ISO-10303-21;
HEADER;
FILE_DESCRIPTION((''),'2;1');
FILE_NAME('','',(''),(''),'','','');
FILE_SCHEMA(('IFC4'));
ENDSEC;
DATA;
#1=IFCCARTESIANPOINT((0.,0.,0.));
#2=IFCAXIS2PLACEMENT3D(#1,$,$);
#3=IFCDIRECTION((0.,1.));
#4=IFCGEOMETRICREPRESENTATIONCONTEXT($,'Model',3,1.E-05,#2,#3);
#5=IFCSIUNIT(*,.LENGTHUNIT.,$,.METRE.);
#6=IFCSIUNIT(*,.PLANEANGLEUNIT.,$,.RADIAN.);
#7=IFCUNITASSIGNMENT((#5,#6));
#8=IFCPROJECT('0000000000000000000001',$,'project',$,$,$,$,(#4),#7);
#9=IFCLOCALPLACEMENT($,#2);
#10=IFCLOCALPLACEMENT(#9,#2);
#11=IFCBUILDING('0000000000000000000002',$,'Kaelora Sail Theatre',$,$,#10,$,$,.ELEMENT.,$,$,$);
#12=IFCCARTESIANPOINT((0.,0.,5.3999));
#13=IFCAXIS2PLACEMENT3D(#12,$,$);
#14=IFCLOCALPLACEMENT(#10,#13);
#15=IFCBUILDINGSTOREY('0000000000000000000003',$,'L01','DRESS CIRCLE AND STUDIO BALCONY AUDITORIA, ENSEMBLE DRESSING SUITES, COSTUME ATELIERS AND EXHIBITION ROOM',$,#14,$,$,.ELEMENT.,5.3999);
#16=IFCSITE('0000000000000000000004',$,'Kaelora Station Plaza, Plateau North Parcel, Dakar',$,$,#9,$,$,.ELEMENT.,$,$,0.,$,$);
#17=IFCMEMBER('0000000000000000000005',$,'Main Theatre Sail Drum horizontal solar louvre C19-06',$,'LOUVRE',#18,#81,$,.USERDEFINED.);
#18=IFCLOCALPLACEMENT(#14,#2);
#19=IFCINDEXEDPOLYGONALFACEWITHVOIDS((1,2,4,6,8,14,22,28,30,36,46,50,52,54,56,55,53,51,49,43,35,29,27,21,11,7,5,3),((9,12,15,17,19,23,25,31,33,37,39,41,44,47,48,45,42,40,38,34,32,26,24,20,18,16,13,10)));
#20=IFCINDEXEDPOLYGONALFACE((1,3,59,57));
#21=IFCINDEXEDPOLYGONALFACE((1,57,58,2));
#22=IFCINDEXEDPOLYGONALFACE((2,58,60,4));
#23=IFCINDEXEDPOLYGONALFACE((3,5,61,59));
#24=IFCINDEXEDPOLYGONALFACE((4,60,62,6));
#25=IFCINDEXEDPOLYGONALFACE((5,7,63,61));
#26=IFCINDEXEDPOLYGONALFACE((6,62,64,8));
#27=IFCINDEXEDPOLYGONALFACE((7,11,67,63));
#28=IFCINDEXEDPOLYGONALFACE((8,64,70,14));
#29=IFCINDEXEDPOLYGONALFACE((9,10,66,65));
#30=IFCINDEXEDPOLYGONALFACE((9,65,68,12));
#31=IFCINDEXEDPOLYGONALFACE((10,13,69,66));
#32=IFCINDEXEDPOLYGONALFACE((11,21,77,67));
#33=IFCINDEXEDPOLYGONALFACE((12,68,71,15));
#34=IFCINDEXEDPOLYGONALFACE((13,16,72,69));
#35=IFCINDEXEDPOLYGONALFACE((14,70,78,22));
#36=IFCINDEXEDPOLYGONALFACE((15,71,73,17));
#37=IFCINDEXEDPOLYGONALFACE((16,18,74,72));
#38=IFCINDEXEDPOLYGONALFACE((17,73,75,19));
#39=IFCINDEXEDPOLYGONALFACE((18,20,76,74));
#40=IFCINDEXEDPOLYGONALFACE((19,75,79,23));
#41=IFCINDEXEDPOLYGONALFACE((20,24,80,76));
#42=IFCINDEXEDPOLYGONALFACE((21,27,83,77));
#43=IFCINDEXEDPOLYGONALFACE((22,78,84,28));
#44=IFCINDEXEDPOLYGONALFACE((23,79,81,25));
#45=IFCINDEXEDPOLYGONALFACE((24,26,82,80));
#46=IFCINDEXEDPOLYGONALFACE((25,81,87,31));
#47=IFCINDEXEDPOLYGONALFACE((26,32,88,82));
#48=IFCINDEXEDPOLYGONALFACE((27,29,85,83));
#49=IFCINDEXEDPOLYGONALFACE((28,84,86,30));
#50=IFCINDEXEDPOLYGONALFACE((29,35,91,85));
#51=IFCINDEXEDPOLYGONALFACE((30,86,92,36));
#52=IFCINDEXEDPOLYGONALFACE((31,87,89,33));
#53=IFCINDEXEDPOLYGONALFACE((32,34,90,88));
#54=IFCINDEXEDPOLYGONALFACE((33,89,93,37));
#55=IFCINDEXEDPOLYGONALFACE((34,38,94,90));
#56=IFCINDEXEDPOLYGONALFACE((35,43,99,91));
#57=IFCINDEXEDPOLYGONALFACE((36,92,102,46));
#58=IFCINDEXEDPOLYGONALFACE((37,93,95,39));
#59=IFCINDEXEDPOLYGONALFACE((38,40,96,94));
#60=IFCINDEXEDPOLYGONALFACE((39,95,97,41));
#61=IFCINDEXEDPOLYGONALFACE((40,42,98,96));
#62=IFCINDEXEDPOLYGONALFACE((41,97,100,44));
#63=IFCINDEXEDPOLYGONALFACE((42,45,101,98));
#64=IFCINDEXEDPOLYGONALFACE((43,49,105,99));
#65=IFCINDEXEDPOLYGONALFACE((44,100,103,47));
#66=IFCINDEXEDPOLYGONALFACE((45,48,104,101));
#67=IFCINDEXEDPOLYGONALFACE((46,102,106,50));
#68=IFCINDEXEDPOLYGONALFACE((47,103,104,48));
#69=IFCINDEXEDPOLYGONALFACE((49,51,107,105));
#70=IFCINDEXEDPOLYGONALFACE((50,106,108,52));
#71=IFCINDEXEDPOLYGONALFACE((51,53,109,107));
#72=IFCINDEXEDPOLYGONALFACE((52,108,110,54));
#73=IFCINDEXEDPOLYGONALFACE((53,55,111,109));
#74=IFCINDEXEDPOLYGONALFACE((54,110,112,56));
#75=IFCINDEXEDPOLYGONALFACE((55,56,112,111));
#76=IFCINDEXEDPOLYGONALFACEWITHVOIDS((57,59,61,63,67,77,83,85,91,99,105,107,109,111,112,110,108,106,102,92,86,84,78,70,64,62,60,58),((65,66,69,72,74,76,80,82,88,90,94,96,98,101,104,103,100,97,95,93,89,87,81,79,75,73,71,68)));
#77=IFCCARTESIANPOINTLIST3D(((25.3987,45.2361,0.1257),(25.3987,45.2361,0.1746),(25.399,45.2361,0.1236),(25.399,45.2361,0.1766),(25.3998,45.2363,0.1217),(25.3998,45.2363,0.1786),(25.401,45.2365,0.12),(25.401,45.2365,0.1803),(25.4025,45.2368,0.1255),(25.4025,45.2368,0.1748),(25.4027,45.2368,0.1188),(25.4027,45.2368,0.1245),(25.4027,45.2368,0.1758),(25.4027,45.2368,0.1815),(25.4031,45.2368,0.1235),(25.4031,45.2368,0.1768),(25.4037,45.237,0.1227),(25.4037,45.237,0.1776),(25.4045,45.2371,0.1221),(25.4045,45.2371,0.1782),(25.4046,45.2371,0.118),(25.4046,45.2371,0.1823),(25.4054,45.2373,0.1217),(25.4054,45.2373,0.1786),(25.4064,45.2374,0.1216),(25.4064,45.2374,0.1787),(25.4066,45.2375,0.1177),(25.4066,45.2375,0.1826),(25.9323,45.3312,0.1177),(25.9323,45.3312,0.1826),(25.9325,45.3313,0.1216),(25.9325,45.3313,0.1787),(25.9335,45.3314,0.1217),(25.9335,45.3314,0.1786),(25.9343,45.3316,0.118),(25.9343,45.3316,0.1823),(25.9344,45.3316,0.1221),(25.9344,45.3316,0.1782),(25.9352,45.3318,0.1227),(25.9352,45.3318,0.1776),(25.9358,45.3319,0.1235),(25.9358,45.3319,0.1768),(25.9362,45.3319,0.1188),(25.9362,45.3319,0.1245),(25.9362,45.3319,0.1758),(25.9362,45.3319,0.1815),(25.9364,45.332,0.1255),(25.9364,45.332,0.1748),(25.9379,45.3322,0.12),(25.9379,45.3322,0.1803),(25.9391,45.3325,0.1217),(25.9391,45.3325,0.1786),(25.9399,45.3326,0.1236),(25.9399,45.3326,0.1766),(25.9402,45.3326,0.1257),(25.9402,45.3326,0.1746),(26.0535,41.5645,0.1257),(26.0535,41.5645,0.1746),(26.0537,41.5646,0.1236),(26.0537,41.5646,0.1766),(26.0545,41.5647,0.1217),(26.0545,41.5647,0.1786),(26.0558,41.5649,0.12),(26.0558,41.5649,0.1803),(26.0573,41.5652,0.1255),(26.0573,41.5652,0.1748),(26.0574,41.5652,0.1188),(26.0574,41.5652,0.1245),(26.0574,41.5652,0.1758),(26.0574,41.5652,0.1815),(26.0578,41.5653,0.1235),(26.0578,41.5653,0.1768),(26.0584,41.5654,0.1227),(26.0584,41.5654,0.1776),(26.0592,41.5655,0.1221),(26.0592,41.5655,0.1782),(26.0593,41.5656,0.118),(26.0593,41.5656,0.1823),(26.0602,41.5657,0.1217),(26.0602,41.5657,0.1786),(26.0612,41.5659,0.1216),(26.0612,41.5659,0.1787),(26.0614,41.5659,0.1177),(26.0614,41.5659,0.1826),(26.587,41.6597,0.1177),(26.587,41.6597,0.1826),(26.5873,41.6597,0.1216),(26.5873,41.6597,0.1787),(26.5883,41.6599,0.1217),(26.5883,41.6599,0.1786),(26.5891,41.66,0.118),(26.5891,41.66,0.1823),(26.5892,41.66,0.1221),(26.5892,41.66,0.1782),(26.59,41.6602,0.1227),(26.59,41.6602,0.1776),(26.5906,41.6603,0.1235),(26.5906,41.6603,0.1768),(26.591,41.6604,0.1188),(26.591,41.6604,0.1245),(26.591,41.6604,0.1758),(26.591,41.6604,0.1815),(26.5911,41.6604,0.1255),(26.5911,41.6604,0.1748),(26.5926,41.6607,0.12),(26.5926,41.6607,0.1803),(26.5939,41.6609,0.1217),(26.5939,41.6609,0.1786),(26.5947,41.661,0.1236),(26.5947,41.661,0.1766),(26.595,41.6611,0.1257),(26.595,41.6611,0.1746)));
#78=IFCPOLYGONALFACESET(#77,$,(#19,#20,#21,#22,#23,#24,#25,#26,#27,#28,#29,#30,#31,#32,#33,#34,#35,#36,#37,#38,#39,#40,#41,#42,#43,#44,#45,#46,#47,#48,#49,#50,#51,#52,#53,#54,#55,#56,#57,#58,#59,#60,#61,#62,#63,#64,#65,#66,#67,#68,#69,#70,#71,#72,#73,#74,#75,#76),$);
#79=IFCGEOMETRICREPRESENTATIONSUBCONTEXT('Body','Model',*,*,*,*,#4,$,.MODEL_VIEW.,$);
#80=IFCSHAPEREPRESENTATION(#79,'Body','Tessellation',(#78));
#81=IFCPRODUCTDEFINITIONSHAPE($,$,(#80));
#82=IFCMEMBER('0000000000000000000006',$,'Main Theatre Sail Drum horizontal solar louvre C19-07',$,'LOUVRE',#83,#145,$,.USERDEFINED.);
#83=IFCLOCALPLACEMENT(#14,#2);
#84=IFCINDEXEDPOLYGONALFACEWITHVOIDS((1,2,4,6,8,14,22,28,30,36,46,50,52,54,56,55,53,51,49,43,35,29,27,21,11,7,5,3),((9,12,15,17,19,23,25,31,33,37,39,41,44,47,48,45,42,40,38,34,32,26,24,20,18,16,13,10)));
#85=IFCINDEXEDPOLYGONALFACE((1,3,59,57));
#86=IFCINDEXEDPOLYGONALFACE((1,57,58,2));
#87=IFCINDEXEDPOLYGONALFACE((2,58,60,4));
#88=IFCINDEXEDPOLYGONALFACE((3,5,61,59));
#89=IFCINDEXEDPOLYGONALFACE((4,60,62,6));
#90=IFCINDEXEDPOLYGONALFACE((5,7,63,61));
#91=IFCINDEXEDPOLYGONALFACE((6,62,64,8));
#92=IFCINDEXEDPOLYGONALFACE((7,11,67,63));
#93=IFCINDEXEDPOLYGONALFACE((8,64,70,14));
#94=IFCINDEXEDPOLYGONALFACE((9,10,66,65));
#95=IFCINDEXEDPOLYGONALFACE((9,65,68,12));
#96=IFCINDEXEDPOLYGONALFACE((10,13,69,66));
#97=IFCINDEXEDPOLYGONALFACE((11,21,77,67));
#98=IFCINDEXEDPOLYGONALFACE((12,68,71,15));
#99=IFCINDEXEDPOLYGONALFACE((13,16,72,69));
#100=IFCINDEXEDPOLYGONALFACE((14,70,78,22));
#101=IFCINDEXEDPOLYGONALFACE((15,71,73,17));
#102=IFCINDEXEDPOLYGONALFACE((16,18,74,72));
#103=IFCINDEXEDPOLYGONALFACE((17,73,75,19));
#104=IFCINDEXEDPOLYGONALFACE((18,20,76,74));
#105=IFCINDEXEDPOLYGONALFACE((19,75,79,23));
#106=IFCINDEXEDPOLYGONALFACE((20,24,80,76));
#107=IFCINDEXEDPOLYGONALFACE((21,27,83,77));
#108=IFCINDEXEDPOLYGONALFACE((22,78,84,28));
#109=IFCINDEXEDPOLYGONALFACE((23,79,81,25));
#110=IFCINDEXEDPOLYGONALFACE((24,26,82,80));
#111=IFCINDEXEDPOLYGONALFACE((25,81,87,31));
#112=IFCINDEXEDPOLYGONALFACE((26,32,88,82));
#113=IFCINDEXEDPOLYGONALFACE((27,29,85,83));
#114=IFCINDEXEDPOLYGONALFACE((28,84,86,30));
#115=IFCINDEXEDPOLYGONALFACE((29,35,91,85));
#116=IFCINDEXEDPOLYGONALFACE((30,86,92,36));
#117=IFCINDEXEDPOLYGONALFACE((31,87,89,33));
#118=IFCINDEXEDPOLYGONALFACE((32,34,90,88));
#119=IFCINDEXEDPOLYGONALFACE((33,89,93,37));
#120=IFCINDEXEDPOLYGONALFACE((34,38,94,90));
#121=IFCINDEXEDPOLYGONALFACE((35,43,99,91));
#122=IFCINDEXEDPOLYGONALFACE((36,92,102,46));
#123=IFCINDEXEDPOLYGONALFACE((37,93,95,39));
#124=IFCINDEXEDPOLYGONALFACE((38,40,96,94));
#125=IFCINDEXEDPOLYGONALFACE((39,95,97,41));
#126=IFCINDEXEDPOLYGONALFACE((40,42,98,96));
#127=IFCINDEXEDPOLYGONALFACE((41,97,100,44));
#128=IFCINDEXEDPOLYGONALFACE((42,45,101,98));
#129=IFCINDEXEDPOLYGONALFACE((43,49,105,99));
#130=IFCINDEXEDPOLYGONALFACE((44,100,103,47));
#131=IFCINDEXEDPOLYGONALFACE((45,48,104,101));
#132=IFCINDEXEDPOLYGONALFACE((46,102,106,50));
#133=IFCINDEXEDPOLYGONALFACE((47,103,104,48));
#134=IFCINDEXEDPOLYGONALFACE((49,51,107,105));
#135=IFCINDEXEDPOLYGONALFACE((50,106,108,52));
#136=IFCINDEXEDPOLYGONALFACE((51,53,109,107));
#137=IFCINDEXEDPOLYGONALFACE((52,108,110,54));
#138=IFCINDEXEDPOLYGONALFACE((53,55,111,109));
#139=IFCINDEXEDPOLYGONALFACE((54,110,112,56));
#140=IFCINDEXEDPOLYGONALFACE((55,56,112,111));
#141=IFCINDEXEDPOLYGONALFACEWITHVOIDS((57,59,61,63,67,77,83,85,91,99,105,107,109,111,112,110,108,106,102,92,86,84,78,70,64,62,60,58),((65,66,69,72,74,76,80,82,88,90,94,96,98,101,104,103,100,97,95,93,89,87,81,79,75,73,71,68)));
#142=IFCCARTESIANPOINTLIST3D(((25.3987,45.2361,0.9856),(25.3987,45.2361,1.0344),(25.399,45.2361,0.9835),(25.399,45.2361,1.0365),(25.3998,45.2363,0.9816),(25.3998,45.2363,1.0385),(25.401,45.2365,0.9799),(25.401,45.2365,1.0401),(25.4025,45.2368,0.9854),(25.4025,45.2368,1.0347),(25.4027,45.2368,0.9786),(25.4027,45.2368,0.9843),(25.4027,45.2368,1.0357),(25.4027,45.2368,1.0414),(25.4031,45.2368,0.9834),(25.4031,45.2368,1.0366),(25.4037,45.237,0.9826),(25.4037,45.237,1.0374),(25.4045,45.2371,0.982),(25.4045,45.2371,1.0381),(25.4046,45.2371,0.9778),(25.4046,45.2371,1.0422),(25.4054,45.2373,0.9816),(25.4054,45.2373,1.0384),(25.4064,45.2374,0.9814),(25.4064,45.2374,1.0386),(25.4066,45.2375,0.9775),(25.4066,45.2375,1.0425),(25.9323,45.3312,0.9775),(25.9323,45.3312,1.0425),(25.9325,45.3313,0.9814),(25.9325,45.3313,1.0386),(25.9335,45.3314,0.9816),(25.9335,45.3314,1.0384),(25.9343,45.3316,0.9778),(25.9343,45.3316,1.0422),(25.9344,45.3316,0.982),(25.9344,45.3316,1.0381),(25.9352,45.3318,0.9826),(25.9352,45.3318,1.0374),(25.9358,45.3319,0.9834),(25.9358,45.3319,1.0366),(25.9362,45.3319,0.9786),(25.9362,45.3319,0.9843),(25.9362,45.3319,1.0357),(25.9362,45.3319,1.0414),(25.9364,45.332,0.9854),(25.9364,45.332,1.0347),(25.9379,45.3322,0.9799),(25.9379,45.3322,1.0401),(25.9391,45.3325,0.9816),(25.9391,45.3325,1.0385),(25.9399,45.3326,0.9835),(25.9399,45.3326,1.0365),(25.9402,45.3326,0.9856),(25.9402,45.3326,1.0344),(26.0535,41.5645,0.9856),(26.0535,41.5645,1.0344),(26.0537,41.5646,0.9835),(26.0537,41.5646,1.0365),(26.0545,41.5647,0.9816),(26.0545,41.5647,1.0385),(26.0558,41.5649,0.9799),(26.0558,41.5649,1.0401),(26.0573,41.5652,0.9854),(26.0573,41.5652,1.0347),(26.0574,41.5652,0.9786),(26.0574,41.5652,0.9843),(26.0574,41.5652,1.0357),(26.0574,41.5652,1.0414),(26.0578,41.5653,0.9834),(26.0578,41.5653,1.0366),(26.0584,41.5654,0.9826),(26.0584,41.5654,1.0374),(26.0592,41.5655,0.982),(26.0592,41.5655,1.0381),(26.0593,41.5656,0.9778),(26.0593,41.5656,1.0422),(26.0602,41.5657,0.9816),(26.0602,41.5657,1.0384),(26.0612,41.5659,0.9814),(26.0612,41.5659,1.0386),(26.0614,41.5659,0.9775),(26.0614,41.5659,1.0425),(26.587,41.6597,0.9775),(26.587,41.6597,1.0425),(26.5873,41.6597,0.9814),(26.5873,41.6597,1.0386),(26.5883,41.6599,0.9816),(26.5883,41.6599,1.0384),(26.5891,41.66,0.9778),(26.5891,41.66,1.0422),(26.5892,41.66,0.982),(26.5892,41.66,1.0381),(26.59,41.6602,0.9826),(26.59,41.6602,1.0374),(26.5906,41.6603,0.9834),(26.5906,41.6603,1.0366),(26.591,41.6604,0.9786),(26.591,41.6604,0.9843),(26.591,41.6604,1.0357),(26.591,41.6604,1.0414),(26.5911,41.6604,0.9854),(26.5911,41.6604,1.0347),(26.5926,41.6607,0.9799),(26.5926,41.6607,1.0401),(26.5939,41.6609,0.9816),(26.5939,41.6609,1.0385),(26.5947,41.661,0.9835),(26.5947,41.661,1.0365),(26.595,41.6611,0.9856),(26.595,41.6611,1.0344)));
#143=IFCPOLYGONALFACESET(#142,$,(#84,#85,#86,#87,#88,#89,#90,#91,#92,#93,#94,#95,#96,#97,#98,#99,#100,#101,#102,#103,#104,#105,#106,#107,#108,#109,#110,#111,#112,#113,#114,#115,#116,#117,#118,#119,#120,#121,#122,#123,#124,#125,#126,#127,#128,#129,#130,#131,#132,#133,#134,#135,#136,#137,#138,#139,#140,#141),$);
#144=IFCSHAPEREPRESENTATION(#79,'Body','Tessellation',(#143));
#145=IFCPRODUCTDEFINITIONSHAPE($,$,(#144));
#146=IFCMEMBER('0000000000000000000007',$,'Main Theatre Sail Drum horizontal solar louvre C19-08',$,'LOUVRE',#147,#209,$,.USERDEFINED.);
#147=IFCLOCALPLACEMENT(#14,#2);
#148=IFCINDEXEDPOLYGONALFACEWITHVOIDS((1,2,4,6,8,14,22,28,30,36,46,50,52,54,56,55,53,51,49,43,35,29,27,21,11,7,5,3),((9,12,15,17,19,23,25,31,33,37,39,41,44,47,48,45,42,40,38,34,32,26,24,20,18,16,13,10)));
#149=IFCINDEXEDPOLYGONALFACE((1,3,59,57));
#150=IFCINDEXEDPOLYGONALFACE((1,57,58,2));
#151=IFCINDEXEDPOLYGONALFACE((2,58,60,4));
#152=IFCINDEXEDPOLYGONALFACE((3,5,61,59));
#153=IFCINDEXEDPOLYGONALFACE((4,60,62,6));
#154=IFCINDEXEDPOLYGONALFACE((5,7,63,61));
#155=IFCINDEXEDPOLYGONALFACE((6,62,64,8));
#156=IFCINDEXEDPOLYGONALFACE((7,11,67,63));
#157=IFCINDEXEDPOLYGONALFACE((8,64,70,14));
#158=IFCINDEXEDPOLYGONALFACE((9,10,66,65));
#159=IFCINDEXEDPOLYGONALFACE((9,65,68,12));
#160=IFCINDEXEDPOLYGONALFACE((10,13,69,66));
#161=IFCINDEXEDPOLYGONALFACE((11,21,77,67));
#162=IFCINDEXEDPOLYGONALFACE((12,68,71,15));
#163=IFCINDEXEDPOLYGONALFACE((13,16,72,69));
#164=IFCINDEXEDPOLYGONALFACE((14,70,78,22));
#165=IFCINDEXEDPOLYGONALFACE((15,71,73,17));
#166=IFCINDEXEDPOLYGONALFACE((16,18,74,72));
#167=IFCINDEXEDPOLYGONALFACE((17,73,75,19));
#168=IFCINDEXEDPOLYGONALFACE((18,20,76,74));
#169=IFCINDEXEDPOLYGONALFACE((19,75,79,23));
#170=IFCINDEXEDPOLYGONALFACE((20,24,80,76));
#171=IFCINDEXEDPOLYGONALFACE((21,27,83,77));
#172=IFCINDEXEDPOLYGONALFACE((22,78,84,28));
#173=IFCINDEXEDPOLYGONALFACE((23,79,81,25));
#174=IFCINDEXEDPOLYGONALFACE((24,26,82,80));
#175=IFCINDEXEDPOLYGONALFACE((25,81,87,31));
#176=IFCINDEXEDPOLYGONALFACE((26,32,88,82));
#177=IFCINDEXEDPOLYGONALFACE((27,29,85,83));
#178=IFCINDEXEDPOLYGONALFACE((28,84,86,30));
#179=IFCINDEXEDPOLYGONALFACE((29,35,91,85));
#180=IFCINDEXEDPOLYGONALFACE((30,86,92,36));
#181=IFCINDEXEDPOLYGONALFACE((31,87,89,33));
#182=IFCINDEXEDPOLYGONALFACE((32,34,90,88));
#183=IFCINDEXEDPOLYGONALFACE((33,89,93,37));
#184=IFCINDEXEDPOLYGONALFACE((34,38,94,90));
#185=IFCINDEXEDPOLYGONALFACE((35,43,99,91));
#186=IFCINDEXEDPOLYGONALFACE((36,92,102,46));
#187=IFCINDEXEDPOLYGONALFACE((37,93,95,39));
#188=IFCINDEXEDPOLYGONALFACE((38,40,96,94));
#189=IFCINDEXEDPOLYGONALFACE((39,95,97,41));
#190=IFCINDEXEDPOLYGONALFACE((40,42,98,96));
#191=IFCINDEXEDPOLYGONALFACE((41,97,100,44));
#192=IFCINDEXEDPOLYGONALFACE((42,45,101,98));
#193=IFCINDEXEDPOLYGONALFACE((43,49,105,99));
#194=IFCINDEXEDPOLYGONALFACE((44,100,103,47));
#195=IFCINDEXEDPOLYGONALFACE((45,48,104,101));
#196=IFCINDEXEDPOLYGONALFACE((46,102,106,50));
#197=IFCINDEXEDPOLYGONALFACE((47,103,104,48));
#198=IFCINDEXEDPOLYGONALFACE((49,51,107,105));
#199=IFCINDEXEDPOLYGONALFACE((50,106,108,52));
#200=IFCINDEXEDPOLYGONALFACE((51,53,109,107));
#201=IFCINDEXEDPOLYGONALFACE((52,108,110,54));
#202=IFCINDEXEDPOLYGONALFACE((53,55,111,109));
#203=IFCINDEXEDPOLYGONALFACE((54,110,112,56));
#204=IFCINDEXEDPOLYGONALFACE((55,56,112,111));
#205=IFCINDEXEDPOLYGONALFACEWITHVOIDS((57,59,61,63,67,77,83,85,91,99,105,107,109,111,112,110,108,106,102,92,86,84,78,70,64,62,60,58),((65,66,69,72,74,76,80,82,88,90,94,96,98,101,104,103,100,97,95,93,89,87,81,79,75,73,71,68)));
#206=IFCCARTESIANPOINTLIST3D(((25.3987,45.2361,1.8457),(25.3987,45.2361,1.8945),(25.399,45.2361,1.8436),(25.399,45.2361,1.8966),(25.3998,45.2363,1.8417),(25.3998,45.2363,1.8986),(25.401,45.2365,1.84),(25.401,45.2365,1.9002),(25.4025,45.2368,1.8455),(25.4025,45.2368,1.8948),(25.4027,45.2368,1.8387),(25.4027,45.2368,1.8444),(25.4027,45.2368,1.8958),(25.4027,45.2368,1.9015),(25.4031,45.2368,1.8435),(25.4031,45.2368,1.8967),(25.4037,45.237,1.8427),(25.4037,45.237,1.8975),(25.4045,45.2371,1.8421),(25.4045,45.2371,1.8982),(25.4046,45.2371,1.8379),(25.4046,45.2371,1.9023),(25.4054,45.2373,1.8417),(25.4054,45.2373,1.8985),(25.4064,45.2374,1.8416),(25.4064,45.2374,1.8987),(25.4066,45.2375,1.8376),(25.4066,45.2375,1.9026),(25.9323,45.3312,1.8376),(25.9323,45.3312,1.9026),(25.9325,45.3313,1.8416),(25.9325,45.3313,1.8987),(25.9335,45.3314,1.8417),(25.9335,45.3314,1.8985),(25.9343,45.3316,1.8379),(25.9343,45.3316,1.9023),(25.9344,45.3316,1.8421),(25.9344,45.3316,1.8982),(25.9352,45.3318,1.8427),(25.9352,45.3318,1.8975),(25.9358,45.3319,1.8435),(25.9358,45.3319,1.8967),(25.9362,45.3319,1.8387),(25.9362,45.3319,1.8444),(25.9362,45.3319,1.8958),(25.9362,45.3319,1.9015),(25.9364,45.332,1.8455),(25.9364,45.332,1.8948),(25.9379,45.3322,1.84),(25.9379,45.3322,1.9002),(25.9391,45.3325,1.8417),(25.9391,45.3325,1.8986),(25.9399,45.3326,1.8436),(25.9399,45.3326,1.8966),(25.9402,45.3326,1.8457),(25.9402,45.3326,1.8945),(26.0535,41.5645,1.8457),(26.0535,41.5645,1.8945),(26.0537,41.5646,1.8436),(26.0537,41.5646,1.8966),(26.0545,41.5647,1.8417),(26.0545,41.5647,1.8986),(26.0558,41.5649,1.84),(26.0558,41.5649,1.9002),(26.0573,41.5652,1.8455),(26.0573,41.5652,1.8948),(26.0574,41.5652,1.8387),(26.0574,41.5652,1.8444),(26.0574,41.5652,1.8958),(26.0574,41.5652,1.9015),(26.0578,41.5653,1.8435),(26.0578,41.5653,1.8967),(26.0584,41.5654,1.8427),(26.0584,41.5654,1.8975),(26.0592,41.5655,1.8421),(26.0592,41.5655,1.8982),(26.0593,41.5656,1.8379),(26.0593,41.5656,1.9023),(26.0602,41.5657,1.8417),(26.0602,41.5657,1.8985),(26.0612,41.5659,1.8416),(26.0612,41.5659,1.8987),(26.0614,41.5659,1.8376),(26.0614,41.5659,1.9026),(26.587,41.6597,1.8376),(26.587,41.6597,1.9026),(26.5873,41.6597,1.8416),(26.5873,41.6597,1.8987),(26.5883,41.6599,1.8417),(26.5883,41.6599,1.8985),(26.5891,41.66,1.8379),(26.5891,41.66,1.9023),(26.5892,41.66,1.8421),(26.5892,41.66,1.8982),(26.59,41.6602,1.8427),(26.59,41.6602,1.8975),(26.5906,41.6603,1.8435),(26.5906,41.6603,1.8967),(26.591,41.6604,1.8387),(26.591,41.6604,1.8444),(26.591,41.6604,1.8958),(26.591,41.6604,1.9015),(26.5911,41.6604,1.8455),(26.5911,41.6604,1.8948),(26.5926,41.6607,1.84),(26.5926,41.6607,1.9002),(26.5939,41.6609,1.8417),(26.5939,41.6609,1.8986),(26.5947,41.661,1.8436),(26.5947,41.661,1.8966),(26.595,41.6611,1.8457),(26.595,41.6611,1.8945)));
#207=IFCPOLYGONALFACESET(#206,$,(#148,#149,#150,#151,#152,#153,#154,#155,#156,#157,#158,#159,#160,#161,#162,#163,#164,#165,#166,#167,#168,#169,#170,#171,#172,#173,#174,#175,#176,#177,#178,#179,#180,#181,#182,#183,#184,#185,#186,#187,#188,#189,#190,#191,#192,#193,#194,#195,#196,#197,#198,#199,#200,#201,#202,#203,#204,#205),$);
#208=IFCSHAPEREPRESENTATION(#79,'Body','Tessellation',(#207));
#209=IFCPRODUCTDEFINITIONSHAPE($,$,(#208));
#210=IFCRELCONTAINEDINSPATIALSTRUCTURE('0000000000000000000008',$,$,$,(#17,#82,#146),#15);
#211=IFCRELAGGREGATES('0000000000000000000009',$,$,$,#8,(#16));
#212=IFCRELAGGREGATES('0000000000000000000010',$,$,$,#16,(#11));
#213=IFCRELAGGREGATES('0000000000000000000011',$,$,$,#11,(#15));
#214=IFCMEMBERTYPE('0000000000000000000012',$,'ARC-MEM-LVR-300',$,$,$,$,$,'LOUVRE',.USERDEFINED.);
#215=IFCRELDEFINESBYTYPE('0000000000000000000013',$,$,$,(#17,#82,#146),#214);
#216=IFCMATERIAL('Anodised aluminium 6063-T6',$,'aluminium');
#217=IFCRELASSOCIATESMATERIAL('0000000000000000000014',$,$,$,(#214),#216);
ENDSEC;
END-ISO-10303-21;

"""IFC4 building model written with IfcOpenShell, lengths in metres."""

from ifc_helpers import new_model, si_unit, direction, frame, origin, origin_2d, place, context, subcontext, project, spatial, hollow_rectangle, extrude, material, material_profile, profile_set, type_object, element, save


model = new_model("IFC4")

# Units and contexts
model_context = context("Model", 3, precision=1e-05, world=origin(), true_north=direction((0.0, 1.0)))
body_context = subcontext(model_context, "Body", "Model", "MODEL_VIEW")
ifc_project = project(units=[si_unit("LENGTHUNIT", "METRE"), si_unit("PLANEANGLEUNIT", "RADIAN")], contexts=[model_context])

# Site, building, storey
site_placement = place(None, origin())
site = spatial("IfcSite", under=ifc_project, at=site_placement, Name="Kaelora Station Plaza, Plateau North Parcel, Dakar", CompositionType="ELEMENT", RefElevation=0.0)
building_placement = place(site_placement, origin())
building = spatial("IfcBuilding", under=site, at=building_placement, Name="Kaelora Sail Theatre", CompositionType="ELEMENT")
storey_placement = place(building_placement, frame((0.0, 0.0, 5.3999)))
storey = spatial("IfcBuildingStorey", under=building, at=storey_placement, Name="L01", Description="DRESS CIRCLE AND STUDIO BALCONY AUDITORIA, ENSEMBLE DRESSING SUITES, COSTUME ATELIERS AND EXHIBITION ROOM", CompositionType="ELEMENT", Elevation=5.3999)

# Members
ifc_material_1 = material(Name="Anodised aluminium 6063-T6", Category="aluminium")
ifc_material_profile_1 = material_profile(ifc_material_1, hollow_rectangle(XDim=0.55, YDim=0.0649, WallThickness=0.0039, InnerFilletRadius=0.0039, OuterFilletRadius=0.0081, at=origin_2d()), Name="LOUVRE 550x65x4")
ifc_profile_set_1 = profile_set([ifc_material_profile_1], Name="Anodised aluminium 6063-T6")
member_type = type_object("IfcMemberType", Name="ARC-MEM-LVR-300", ElementType="LOUVRE", PredefinedType="USERDEFINED", material=ifc_profile_set_1)
for number, where, z_axis, x_axis, name in (
    (1, (26.3242, 41.6128, 0.1501), (-0.175566, 0.984468, 0.0), (-0.984468, -0.175566, 0.0), "Main Theatre Sail Drum horizontal solar louvre C19-06"),
    (2, (26.3242, 41.6128, 1.01), (-0.175566, 0.984468, 0.0), (-0.984468, -0.175566, 0.0), "Main Theatre Sail Drum horizontal solar louvre C19-07"),
    (3, (26.3242, 41.6128, 1.8701), (-0.175566, 0.984468, 0.0), (-0.984468, -0.175566, 0.0), "Main Theatre Sail Drum horizontal solar louvre C19-08"),
):
    element("IfcMember", number, at=place(storey_placement, frame(where, z_axis=z_axis, x_axis=x_axis)), inside=storey, type_object=member_type, Name=name, ObjectType="LOUVRE", PredefinedType="USERDEFINED", context=body_context, shape_type="SweptSolid", body=[
        extrude(hollow_rectangle(XDim=0.55, YDim=0.0649, WallThickness=0.0039, InnerFilletRadius=0.0039, OuterFilletRadius=0.0081, at=origin_2d()), origin(), (0.0, 0.0, 1.0), 3.7295),
    ])

save(model, "model.ifc")
